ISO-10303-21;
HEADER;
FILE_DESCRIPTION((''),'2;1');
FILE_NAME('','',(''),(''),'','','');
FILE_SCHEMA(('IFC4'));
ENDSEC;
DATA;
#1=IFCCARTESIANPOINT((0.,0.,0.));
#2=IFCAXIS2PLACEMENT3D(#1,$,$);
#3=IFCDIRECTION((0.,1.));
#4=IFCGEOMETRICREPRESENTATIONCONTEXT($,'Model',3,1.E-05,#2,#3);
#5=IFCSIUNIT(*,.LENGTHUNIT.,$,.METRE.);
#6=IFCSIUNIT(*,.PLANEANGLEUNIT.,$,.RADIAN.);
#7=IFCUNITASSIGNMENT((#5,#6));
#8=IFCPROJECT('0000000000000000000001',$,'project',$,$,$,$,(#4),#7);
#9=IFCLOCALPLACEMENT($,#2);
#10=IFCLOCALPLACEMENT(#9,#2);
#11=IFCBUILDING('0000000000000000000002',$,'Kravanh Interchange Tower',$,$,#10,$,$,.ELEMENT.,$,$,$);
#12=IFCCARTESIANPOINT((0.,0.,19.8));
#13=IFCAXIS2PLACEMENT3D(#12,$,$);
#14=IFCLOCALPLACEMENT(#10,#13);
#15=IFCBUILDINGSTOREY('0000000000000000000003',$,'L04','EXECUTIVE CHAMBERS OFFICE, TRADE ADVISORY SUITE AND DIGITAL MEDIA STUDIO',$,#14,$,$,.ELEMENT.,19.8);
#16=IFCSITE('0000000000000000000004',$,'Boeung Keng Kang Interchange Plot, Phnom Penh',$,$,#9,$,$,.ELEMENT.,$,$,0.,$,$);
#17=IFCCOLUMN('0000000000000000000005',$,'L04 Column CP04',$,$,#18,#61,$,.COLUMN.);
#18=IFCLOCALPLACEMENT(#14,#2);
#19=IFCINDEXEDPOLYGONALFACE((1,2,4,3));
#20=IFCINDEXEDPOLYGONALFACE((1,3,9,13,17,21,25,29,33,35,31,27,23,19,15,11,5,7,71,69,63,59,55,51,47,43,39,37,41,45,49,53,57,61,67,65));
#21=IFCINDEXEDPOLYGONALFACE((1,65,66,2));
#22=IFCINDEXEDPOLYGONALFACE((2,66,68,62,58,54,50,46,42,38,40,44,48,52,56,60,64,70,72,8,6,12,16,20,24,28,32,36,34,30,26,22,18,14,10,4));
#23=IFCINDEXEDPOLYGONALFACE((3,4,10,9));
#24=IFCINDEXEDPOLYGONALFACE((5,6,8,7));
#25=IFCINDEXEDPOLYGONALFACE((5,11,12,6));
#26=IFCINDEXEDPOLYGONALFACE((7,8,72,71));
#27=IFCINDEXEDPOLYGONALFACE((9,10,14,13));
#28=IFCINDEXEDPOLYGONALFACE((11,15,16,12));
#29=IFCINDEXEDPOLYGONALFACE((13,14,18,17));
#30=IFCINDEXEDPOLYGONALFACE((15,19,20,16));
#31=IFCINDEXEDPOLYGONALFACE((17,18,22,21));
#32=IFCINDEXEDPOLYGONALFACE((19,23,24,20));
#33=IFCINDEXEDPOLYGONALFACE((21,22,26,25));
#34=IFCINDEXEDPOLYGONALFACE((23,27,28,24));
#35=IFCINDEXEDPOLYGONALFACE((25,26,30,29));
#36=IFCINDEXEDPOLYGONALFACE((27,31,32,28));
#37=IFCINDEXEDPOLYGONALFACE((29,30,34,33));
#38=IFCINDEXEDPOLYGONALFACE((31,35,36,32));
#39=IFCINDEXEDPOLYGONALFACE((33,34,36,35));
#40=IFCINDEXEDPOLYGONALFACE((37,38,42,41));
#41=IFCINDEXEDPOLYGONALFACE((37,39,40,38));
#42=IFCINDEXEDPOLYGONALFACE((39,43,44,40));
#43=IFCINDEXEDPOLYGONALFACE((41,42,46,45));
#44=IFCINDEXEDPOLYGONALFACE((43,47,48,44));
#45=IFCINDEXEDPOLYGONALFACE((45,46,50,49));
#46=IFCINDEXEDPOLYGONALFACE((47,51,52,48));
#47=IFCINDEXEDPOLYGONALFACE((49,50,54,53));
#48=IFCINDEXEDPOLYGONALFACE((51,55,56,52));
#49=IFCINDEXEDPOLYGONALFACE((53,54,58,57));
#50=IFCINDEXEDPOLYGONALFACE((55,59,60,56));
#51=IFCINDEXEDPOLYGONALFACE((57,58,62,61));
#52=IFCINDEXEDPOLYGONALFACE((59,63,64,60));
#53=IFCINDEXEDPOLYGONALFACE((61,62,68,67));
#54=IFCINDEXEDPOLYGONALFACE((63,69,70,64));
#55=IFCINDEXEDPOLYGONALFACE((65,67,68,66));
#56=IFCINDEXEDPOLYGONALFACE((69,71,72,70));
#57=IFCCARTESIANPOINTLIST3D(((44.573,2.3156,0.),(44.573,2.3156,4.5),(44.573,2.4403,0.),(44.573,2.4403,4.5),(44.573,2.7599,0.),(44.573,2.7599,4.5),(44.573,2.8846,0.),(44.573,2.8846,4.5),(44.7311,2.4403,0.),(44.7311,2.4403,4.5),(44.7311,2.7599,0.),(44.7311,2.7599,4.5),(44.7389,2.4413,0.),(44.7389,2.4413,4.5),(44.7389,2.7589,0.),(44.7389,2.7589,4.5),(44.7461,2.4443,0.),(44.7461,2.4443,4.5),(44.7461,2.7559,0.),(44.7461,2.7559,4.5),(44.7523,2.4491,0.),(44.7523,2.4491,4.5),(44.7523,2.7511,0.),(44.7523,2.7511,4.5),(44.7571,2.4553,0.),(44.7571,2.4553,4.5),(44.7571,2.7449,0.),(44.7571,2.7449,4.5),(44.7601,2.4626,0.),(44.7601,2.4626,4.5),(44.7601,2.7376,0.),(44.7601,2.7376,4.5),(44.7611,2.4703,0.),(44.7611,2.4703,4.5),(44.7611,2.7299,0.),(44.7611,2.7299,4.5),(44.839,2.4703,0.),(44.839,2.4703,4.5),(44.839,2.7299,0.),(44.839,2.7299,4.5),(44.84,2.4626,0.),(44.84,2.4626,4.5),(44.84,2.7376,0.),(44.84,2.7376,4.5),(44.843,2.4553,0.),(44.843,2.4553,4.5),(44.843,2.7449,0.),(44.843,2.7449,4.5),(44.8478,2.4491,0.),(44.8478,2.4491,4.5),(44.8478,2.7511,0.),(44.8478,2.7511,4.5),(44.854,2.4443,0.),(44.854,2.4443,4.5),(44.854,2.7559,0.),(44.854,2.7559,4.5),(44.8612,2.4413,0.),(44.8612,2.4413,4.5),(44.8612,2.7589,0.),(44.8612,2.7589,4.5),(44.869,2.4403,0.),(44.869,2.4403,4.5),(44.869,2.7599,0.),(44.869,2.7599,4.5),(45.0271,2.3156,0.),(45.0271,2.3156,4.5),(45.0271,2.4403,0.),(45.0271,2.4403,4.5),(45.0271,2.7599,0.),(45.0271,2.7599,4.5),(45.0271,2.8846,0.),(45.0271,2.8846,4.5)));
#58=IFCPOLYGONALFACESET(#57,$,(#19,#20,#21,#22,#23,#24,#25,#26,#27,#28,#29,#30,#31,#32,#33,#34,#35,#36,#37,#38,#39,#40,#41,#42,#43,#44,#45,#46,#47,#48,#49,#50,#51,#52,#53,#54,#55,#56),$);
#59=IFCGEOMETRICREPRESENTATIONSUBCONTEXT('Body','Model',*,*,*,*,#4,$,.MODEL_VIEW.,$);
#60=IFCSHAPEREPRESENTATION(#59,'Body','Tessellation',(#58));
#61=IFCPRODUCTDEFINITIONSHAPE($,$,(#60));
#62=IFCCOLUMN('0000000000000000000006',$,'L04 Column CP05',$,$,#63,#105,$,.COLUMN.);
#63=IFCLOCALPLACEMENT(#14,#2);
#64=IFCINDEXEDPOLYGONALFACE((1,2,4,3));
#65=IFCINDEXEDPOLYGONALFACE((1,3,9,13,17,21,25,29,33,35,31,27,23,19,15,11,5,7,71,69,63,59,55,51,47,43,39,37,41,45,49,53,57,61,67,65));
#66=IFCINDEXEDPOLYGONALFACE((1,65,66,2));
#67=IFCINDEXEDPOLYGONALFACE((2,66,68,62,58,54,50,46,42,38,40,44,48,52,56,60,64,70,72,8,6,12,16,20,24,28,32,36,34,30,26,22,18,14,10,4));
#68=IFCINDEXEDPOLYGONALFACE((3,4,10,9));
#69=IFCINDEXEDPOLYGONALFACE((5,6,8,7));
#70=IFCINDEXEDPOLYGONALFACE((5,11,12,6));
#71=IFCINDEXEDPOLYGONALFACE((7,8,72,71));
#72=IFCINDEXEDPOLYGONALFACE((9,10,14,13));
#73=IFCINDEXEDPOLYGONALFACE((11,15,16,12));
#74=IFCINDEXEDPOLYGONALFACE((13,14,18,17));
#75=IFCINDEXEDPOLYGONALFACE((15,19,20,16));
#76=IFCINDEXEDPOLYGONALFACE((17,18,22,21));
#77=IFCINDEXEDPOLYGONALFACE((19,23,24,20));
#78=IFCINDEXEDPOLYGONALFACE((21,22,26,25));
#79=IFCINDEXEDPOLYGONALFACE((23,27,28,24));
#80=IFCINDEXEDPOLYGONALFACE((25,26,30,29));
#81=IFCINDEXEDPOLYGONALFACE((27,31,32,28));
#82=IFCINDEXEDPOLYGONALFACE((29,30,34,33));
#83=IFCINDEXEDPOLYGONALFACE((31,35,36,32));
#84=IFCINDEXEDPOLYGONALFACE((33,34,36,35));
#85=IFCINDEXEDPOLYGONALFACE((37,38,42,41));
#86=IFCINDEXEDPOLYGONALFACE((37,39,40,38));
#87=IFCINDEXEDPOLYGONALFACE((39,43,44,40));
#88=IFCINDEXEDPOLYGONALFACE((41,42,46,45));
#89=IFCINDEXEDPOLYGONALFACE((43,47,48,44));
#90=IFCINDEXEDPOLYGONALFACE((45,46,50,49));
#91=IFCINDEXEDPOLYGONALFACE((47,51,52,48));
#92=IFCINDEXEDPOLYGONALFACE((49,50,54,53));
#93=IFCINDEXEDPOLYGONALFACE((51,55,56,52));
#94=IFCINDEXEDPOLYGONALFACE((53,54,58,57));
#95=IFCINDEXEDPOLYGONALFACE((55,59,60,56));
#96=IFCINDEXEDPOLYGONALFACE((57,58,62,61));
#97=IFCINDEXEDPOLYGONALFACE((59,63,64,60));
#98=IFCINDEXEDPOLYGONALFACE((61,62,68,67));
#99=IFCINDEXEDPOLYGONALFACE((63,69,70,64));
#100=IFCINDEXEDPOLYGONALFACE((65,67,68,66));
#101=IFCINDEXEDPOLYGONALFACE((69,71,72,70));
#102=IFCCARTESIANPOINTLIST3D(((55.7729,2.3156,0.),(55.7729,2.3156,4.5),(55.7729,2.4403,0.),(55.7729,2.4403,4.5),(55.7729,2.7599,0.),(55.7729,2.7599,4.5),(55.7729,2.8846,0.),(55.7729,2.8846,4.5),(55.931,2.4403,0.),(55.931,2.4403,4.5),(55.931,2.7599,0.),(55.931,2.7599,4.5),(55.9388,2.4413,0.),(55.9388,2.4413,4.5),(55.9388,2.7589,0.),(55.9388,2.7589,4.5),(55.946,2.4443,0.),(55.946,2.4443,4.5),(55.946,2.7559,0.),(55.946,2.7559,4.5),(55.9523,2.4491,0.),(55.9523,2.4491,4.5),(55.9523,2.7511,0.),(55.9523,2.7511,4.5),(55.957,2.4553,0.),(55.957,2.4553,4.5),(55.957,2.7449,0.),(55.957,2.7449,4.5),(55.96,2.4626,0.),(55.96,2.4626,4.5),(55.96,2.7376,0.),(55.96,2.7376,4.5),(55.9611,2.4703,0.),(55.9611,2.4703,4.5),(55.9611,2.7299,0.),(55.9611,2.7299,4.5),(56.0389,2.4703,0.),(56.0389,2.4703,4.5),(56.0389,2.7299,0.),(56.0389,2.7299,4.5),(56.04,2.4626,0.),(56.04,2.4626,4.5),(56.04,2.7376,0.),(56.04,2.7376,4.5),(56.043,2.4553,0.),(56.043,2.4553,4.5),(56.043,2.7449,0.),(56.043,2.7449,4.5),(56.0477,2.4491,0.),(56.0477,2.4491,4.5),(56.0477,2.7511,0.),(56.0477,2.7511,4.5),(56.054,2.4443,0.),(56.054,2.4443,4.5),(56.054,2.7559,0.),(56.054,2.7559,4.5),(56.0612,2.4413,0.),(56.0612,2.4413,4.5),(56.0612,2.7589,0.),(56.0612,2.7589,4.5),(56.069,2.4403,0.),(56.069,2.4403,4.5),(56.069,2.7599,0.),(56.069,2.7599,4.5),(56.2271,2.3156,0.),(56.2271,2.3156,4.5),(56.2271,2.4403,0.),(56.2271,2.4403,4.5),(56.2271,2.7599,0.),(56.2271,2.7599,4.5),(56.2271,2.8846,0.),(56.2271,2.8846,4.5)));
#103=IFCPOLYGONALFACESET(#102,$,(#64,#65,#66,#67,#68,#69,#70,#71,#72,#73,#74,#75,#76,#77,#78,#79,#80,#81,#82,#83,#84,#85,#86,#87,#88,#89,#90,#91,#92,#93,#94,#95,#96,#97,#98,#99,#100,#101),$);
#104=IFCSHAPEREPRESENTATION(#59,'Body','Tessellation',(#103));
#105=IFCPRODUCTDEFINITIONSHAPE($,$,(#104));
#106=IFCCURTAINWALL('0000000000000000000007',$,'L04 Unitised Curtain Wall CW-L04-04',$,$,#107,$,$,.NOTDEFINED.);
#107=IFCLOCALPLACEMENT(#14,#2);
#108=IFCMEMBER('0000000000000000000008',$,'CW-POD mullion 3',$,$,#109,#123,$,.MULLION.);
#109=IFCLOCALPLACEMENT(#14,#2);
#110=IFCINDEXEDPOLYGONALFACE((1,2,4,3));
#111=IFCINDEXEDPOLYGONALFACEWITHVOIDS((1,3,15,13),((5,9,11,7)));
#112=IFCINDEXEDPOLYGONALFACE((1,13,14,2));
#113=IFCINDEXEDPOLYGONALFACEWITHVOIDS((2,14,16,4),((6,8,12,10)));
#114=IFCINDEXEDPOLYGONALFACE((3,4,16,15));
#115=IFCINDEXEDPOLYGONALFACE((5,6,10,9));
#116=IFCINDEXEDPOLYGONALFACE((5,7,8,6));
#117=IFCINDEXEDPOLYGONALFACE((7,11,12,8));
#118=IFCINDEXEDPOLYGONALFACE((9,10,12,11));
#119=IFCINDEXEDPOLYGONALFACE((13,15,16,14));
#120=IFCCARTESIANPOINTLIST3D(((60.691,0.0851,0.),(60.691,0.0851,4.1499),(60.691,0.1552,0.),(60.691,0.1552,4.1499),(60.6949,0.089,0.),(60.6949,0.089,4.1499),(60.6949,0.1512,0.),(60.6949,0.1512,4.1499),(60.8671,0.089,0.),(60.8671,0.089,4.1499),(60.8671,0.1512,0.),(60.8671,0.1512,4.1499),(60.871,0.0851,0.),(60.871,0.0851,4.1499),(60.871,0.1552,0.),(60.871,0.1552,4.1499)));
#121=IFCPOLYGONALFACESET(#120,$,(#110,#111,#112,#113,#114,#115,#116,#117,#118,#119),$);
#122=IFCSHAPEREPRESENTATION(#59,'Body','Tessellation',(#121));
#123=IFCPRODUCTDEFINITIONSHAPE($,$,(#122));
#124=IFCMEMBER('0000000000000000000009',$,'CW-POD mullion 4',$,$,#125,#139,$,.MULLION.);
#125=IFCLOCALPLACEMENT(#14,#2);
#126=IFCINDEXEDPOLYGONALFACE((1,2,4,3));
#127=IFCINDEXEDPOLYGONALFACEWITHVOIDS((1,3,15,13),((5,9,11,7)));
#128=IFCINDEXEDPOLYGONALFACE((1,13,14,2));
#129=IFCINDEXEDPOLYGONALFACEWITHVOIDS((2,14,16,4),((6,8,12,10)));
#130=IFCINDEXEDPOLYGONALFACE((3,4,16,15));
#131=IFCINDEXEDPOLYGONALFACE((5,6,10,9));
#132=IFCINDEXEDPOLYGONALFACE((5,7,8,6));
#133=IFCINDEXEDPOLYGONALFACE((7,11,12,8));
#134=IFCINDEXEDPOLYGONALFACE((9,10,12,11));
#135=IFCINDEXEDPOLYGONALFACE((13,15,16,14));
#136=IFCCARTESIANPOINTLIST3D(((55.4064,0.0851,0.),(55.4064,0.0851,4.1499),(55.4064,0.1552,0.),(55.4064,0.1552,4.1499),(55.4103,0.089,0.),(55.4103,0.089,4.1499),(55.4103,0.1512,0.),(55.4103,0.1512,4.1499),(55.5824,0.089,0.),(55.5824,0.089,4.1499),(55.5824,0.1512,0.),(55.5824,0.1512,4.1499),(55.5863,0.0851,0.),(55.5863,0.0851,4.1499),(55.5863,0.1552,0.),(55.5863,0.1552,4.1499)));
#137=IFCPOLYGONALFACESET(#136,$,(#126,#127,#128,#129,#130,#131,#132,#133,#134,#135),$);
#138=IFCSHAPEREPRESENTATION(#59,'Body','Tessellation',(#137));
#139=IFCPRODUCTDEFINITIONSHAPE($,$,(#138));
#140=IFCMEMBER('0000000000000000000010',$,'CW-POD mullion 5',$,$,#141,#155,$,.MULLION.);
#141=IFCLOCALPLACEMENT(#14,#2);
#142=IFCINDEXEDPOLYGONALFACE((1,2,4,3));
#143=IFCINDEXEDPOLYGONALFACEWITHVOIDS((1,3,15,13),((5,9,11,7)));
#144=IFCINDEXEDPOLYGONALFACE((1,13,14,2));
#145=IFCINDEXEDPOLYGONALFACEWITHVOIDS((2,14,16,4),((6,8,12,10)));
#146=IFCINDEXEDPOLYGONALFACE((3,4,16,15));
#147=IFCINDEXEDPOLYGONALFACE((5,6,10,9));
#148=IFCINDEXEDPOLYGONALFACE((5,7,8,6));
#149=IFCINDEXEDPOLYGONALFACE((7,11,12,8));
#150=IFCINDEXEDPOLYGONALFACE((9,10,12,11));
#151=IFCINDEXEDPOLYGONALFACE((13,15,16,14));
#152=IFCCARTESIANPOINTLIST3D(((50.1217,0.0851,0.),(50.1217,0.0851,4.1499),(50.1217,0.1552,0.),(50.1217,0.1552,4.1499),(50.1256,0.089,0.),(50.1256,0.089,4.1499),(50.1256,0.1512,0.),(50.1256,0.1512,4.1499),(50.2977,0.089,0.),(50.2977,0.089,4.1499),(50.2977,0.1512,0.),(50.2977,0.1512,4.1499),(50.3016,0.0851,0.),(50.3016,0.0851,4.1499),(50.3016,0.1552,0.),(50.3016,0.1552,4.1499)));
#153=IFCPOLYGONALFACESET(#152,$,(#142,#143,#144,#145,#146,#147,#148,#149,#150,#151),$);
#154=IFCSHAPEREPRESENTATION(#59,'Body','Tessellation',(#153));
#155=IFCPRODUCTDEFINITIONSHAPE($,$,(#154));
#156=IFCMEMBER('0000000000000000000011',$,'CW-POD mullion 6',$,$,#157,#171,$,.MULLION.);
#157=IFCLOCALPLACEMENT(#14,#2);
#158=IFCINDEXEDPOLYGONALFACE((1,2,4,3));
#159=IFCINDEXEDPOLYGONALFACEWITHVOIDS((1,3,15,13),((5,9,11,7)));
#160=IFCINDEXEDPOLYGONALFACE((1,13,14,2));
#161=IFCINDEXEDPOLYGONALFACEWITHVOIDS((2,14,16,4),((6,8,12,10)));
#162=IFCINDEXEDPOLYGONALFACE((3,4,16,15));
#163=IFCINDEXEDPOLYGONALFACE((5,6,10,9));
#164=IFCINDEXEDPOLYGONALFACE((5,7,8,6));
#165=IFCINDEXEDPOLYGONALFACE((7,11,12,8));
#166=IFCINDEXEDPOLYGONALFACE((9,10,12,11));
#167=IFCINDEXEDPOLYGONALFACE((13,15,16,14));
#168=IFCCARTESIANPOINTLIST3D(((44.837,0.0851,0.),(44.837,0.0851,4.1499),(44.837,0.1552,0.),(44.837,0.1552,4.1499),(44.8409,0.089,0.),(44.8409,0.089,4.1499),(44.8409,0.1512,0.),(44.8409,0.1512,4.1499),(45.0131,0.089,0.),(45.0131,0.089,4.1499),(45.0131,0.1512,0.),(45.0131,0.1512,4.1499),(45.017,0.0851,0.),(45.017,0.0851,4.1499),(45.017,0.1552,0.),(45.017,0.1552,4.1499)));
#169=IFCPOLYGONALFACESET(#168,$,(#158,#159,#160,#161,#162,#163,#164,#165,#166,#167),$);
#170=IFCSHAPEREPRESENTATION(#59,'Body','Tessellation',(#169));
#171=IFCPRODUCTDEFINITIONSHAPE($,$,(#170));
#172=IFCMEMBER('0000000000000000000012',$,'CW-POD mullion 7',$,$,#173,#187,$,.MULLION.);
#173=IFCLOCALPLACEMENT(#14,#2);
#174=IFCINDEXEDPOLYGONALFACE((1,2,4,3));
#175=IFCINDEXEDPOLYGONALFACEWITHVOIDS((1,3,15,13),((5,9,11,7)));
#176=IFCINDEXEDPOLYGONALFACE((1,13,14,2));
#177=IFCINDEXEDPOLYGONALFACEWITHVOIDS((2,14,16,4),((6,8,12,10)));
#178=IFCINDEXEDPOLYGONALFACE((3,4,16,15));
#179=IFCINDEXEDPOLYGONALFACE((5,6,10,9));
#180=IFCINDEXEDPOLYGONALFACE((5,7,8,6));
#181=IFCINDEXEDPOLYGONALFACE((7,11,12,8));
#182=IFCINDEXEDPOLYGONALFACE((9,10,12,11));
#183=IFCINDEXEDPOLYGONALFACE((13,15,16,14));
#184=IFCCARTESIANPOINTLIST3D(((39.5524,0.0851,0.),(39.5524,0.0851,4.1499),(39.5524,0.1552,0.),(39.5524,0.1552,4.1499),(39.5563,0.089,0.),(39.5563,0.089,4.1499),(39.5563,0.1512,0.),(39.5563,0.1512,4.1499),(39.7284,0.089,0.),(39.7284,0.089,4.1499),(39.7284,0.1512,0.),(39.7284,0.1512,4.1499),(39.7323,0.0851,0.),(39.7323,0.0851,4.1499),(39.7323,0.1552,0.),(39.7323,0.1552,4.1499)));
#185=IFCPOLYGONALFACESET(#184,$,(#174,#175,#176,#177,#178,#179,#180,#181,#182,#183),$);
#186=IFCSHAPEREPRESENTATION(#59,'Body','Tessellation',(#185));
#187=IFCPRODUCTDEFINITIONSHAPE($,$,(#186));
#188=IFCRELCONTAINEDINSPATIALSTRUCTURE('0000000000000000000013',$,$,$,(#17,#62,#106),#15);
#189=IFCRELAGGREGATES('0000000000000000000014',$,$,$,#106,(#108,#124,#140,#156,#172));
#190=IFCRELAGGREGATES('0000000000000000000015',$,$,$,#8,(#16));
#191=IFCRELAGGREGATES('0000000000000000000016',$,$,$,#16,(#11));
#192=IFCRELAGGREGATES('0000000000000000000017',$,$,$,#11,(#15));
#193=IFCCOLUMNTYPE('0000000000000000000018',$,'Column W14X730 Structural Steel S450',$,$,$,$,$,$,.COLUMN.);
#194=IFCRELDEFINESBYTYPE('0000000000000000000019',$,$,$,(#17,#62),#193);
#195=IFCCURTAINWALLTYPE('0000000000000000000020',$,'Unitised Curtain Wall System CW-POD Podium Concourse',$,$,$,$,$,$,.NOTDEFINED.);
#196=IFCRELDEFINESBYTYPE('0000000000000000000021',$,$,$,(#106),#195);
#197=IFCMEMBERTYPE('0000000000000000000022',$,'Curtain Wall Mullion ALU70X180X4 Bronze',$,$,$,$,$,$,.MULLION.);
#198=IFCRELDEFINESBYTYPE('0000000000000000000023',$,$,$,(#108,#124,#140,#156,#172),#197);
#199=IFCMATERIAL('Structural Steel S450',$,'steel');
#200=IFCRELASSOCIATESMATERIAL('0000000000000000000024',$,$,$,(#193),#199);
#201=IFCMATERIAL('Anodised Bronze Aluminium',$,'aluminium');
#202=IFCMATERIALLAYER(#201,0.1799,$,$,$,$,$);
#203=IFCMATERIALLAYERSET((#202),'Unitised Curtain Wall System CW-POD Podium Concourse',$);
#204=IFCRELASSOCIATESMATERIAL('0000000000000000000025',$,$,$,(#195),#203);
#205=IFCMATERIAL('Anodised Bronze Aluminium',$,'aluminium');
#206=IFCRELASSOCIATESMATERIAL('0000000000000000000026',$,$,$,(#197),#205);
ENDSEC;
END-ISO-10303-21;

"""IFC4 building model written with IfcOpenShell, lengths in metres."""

from ifc_helpers import new_model, si_unit, direction, frame, origin, origin_2d, place, context, subcontext, project, spatial, hollow_rectangle, i_section, extrude, material, layer, layer_set, material_profile, profile_set, type_object, element, aggregate, save


model = new_model("IFC4")

# Units and contexts
model_context = context("Model", 3, precision=1e-05, world=origin(), true_north=direction((0.0, 1.0)))
body_context = subcontext(model_context, "Body", "Model", "MODEL_VIEW")
ifc_project = project(units=[si_unit("LENGTHUNIT", "METRE"), si_unit("PLANEANGLEUNIT", "RADIAN")], contexts=[model_context])

# Site, building, storey
site_placement = place(None, origin())
site = spatial("IfcSite", under=ifc_project, at=site_placement, Name="Boeung Keng Kang Interchange Plot, Phnom Penh", CompositionType="ELEMENT", RefElevation=0.0)
building_placement = place(site_placement, origin())
building = spatial("IfcBuilding", under=site, at=building_placement, Name="Kravanh Interchange Tower", CompositionType="ELEMENT")
storey_placement = place(building_placement, frame((0.0, 0.0, 19.8)))
storey = spatial("IfcBuildingStorey", under=building, at=storey_placement, Name="L04", Description="EXECUTIVE CHAMBERS OFFICE, TRADE ADVISORY SUITE AND DIGITAL MEDIA STUDIO", CompositionType="ELEMENT", Elevation=19.8)

# Columns
ifc_material_1 = material(Name="Structural Steel S450", Category="steel")
ifc_material_profile_1 = material_profile(ifc_material_1, i_section(OverallWidth=0.4541, OverallDepth=0.5691, WebThickness=0.0779, FlangeThickness=0.1248, FilletRadius=0.03, at=origin_2d()), Name="W14X730")
ifc_profile_set_1 = profile_set([ifc_material_profile_1], Name="Structural Steel S450")
column_type = type_object("IfcColumnType", Name="Column W14X730 Structural Steel S450", PredefinedType="COLUMN", material=ifc_profile_set_1)
for number, where, z_axis, x_axis, name in (
    (1, (44.8, 2.6001, 0.0), (0.0, 0.0, 1.0), (1.0, 0.0, 0.0), "L04 Column CP04"),
    (2, (56.0, 2.6001, 0.0), (0.0, 0.0, 1.0), (1.0, 0.0, 0.0), "L04 Column CP05"),
):
    element("IfcColumn", number, at=place(storey_placement, frame(where, z_axis=z_axis, x_axis=x_axis)), inside=storey, type_object=column_type, Name=name, PredefinedType="COLUMN", context=body_context, shape_type="SweptSolid", body=[
        extrude(i_section(OverallWidth=0.4541, OverallDepth=0.5691, WebThickness=0.0779, FlangeThickness=0.1248, FilletRadius=0.03, at=origin_2d()), origin(), (0.0, 0.0, 1.0), 4.5),
    ])

# Curtain wall, members
ifc_material_2 = material(Name="Anodised Bronze Aluminium", Category="aluminium")
ifc_layer_1 = layer(ifc_material_2, 0.1799)
ifc_layer_set_1 = layer_set([ifc_layer_1], Name="Unitised Curtain Wall System CW-POD Podium Concourse")
curtain_wall_type = type_object("IfcCurtainWallType", Name="Unitised Curtain Wall System CW-POD Podium Concourse", PredefinedType="NOTDEFINED", material=ifc_layer_set_1)
curtain_wall_placement = place(storey_placement, origin())
curtain_wall = element("IfcCurtainWall", 3, at=curtain_wall_placement, inside=storey, type_object=curtain_wall_type, Name="L04 Unitised Curtain Wall CW-L04-04", PredefinedType="NOTDEFINED")
ifc_material_3 = material(Name="Anodised Bronze Aluminium", Category="aluminium")
ifc_material_profile_2 = material_profile(ifc_material_3, hollow_rectangle(XDim=0.0701, YDim=0.1799, WallThickness=0.0039, at=origin_2d()), Name="ALU70X180X4")
ifc_profile_set_2 = profile_set([ifc_material_profile_2], Name="Anodised Bronze Aluminium")
member_type_1 = type_object("IfcMemberType", Name="Curtain Wall Mullion ALU70X180X4 Bronze", PredefinedType="MULLION", material=ifc_profile_set_2)
member_1_placement = place(storey_placement, frame((60.781, 0.1201, 0.0), z_axis=(0.0, 0.0, 1.0), x_axis=(0.0, -1.0, 0.0)))
member_1 = element("IfcMember", 4, at=member_1_placement, type_object=member_type_1, Name="CW-POD mullion 3", PredefinedType="MULLION", context=body_context, shape_type="SweptSolid", body=[
    extrude(hollow_rectangle(XDim=0.0701, YDim=0.1799, WallThickness=0.0039, at=origin_2d()), origin(), (0.0, 0.0, 1.0), 4.1499),
])
member_2_placement = place(storey_placement, frame((55.4963, 0.1201, 0.0), z_axis=(0.0, 0.0, 1.0), x_axis=(0.0, -1.0, 0.0)))
member_2 = element("IfcMember", 5, at=member_2_placement, type_object=member_type_1, Name="CW-POD mullion 4", PredefinedType="MULLION", context=body_context, shape_type="SweptSolid", body=[
    extrude(hollow_rectangle(XDim=0.0701, YDim=0.1799, WallThickness=0.0039, at=origin_2d()), origin(), (0.0, 0.0, 1.0), 4.1499),
])
member_3_placement = place(storey_placement, frame((50.2117, 0.1201, 0.0), z_axis=(0.0, 0.0, 1.0), x_axis=(0.0, -1.0, 0.0)))
member_3 = element("IfcMember", 6, at=member_3_placement, type_object=member_type_1, Name="CW-POD mullion 5", PredefinedType="MULLION", context=body_context, shape_type="SweptSolid", body=[
    extrude(hollow_rectangle(XDim=0.0701, YDim=0.1799, WallThickness=0.0039, at=origin_2d()), origin(), (0.0, 0.0, 1.0), 4.1499),
])
member_4_placement = place(storey_placement, frame((44.927, 0.1201, 0.0), z_axis=(0.0, 0.0, 1.0), x_axis=(0.0, -1.0, 0.0)))
member_4 = element("IfcMember", 7, at=member_4_placement, type_object=member_type_1, Name="CW-POD mullion 6", PredefinedType="MULLION", context=body_context, shape_type="SweptSolid", body=[
    extrude(hollow_rectangle(XDim=0.0701, YDim=0.1799, WallThickness=0.0039, at=origin_2d()), origin(), (0.0, 0.0, 1.0), 4.1499),
])
member_5_placement = place(storey_placement, frame((39.6423, 0.1201, 0.0), z_axis=(0.0, 0.0, 1.0), x_axis=(0.0, -1.0, 0.0)))
member_5 = element("IfcMember", 8, at=member_5_placement, type_object=member_type_1, Name="CW-POD mullion 7", PredefinedType="MULLION", context=body_context, shape_type="SweptSolid", body=[
    extrude(hollow_rectangle(XDim=0.0701, YDim=0.1799, WallThickness=0.0039, at=origin_2d()), origin(), (0.0, 0.0, 1.0), 4.1499),
])

aggregate(curtain_wall, [member_1, member_2, member_3, member_4, member_5])

save(model, "model.ifc")
